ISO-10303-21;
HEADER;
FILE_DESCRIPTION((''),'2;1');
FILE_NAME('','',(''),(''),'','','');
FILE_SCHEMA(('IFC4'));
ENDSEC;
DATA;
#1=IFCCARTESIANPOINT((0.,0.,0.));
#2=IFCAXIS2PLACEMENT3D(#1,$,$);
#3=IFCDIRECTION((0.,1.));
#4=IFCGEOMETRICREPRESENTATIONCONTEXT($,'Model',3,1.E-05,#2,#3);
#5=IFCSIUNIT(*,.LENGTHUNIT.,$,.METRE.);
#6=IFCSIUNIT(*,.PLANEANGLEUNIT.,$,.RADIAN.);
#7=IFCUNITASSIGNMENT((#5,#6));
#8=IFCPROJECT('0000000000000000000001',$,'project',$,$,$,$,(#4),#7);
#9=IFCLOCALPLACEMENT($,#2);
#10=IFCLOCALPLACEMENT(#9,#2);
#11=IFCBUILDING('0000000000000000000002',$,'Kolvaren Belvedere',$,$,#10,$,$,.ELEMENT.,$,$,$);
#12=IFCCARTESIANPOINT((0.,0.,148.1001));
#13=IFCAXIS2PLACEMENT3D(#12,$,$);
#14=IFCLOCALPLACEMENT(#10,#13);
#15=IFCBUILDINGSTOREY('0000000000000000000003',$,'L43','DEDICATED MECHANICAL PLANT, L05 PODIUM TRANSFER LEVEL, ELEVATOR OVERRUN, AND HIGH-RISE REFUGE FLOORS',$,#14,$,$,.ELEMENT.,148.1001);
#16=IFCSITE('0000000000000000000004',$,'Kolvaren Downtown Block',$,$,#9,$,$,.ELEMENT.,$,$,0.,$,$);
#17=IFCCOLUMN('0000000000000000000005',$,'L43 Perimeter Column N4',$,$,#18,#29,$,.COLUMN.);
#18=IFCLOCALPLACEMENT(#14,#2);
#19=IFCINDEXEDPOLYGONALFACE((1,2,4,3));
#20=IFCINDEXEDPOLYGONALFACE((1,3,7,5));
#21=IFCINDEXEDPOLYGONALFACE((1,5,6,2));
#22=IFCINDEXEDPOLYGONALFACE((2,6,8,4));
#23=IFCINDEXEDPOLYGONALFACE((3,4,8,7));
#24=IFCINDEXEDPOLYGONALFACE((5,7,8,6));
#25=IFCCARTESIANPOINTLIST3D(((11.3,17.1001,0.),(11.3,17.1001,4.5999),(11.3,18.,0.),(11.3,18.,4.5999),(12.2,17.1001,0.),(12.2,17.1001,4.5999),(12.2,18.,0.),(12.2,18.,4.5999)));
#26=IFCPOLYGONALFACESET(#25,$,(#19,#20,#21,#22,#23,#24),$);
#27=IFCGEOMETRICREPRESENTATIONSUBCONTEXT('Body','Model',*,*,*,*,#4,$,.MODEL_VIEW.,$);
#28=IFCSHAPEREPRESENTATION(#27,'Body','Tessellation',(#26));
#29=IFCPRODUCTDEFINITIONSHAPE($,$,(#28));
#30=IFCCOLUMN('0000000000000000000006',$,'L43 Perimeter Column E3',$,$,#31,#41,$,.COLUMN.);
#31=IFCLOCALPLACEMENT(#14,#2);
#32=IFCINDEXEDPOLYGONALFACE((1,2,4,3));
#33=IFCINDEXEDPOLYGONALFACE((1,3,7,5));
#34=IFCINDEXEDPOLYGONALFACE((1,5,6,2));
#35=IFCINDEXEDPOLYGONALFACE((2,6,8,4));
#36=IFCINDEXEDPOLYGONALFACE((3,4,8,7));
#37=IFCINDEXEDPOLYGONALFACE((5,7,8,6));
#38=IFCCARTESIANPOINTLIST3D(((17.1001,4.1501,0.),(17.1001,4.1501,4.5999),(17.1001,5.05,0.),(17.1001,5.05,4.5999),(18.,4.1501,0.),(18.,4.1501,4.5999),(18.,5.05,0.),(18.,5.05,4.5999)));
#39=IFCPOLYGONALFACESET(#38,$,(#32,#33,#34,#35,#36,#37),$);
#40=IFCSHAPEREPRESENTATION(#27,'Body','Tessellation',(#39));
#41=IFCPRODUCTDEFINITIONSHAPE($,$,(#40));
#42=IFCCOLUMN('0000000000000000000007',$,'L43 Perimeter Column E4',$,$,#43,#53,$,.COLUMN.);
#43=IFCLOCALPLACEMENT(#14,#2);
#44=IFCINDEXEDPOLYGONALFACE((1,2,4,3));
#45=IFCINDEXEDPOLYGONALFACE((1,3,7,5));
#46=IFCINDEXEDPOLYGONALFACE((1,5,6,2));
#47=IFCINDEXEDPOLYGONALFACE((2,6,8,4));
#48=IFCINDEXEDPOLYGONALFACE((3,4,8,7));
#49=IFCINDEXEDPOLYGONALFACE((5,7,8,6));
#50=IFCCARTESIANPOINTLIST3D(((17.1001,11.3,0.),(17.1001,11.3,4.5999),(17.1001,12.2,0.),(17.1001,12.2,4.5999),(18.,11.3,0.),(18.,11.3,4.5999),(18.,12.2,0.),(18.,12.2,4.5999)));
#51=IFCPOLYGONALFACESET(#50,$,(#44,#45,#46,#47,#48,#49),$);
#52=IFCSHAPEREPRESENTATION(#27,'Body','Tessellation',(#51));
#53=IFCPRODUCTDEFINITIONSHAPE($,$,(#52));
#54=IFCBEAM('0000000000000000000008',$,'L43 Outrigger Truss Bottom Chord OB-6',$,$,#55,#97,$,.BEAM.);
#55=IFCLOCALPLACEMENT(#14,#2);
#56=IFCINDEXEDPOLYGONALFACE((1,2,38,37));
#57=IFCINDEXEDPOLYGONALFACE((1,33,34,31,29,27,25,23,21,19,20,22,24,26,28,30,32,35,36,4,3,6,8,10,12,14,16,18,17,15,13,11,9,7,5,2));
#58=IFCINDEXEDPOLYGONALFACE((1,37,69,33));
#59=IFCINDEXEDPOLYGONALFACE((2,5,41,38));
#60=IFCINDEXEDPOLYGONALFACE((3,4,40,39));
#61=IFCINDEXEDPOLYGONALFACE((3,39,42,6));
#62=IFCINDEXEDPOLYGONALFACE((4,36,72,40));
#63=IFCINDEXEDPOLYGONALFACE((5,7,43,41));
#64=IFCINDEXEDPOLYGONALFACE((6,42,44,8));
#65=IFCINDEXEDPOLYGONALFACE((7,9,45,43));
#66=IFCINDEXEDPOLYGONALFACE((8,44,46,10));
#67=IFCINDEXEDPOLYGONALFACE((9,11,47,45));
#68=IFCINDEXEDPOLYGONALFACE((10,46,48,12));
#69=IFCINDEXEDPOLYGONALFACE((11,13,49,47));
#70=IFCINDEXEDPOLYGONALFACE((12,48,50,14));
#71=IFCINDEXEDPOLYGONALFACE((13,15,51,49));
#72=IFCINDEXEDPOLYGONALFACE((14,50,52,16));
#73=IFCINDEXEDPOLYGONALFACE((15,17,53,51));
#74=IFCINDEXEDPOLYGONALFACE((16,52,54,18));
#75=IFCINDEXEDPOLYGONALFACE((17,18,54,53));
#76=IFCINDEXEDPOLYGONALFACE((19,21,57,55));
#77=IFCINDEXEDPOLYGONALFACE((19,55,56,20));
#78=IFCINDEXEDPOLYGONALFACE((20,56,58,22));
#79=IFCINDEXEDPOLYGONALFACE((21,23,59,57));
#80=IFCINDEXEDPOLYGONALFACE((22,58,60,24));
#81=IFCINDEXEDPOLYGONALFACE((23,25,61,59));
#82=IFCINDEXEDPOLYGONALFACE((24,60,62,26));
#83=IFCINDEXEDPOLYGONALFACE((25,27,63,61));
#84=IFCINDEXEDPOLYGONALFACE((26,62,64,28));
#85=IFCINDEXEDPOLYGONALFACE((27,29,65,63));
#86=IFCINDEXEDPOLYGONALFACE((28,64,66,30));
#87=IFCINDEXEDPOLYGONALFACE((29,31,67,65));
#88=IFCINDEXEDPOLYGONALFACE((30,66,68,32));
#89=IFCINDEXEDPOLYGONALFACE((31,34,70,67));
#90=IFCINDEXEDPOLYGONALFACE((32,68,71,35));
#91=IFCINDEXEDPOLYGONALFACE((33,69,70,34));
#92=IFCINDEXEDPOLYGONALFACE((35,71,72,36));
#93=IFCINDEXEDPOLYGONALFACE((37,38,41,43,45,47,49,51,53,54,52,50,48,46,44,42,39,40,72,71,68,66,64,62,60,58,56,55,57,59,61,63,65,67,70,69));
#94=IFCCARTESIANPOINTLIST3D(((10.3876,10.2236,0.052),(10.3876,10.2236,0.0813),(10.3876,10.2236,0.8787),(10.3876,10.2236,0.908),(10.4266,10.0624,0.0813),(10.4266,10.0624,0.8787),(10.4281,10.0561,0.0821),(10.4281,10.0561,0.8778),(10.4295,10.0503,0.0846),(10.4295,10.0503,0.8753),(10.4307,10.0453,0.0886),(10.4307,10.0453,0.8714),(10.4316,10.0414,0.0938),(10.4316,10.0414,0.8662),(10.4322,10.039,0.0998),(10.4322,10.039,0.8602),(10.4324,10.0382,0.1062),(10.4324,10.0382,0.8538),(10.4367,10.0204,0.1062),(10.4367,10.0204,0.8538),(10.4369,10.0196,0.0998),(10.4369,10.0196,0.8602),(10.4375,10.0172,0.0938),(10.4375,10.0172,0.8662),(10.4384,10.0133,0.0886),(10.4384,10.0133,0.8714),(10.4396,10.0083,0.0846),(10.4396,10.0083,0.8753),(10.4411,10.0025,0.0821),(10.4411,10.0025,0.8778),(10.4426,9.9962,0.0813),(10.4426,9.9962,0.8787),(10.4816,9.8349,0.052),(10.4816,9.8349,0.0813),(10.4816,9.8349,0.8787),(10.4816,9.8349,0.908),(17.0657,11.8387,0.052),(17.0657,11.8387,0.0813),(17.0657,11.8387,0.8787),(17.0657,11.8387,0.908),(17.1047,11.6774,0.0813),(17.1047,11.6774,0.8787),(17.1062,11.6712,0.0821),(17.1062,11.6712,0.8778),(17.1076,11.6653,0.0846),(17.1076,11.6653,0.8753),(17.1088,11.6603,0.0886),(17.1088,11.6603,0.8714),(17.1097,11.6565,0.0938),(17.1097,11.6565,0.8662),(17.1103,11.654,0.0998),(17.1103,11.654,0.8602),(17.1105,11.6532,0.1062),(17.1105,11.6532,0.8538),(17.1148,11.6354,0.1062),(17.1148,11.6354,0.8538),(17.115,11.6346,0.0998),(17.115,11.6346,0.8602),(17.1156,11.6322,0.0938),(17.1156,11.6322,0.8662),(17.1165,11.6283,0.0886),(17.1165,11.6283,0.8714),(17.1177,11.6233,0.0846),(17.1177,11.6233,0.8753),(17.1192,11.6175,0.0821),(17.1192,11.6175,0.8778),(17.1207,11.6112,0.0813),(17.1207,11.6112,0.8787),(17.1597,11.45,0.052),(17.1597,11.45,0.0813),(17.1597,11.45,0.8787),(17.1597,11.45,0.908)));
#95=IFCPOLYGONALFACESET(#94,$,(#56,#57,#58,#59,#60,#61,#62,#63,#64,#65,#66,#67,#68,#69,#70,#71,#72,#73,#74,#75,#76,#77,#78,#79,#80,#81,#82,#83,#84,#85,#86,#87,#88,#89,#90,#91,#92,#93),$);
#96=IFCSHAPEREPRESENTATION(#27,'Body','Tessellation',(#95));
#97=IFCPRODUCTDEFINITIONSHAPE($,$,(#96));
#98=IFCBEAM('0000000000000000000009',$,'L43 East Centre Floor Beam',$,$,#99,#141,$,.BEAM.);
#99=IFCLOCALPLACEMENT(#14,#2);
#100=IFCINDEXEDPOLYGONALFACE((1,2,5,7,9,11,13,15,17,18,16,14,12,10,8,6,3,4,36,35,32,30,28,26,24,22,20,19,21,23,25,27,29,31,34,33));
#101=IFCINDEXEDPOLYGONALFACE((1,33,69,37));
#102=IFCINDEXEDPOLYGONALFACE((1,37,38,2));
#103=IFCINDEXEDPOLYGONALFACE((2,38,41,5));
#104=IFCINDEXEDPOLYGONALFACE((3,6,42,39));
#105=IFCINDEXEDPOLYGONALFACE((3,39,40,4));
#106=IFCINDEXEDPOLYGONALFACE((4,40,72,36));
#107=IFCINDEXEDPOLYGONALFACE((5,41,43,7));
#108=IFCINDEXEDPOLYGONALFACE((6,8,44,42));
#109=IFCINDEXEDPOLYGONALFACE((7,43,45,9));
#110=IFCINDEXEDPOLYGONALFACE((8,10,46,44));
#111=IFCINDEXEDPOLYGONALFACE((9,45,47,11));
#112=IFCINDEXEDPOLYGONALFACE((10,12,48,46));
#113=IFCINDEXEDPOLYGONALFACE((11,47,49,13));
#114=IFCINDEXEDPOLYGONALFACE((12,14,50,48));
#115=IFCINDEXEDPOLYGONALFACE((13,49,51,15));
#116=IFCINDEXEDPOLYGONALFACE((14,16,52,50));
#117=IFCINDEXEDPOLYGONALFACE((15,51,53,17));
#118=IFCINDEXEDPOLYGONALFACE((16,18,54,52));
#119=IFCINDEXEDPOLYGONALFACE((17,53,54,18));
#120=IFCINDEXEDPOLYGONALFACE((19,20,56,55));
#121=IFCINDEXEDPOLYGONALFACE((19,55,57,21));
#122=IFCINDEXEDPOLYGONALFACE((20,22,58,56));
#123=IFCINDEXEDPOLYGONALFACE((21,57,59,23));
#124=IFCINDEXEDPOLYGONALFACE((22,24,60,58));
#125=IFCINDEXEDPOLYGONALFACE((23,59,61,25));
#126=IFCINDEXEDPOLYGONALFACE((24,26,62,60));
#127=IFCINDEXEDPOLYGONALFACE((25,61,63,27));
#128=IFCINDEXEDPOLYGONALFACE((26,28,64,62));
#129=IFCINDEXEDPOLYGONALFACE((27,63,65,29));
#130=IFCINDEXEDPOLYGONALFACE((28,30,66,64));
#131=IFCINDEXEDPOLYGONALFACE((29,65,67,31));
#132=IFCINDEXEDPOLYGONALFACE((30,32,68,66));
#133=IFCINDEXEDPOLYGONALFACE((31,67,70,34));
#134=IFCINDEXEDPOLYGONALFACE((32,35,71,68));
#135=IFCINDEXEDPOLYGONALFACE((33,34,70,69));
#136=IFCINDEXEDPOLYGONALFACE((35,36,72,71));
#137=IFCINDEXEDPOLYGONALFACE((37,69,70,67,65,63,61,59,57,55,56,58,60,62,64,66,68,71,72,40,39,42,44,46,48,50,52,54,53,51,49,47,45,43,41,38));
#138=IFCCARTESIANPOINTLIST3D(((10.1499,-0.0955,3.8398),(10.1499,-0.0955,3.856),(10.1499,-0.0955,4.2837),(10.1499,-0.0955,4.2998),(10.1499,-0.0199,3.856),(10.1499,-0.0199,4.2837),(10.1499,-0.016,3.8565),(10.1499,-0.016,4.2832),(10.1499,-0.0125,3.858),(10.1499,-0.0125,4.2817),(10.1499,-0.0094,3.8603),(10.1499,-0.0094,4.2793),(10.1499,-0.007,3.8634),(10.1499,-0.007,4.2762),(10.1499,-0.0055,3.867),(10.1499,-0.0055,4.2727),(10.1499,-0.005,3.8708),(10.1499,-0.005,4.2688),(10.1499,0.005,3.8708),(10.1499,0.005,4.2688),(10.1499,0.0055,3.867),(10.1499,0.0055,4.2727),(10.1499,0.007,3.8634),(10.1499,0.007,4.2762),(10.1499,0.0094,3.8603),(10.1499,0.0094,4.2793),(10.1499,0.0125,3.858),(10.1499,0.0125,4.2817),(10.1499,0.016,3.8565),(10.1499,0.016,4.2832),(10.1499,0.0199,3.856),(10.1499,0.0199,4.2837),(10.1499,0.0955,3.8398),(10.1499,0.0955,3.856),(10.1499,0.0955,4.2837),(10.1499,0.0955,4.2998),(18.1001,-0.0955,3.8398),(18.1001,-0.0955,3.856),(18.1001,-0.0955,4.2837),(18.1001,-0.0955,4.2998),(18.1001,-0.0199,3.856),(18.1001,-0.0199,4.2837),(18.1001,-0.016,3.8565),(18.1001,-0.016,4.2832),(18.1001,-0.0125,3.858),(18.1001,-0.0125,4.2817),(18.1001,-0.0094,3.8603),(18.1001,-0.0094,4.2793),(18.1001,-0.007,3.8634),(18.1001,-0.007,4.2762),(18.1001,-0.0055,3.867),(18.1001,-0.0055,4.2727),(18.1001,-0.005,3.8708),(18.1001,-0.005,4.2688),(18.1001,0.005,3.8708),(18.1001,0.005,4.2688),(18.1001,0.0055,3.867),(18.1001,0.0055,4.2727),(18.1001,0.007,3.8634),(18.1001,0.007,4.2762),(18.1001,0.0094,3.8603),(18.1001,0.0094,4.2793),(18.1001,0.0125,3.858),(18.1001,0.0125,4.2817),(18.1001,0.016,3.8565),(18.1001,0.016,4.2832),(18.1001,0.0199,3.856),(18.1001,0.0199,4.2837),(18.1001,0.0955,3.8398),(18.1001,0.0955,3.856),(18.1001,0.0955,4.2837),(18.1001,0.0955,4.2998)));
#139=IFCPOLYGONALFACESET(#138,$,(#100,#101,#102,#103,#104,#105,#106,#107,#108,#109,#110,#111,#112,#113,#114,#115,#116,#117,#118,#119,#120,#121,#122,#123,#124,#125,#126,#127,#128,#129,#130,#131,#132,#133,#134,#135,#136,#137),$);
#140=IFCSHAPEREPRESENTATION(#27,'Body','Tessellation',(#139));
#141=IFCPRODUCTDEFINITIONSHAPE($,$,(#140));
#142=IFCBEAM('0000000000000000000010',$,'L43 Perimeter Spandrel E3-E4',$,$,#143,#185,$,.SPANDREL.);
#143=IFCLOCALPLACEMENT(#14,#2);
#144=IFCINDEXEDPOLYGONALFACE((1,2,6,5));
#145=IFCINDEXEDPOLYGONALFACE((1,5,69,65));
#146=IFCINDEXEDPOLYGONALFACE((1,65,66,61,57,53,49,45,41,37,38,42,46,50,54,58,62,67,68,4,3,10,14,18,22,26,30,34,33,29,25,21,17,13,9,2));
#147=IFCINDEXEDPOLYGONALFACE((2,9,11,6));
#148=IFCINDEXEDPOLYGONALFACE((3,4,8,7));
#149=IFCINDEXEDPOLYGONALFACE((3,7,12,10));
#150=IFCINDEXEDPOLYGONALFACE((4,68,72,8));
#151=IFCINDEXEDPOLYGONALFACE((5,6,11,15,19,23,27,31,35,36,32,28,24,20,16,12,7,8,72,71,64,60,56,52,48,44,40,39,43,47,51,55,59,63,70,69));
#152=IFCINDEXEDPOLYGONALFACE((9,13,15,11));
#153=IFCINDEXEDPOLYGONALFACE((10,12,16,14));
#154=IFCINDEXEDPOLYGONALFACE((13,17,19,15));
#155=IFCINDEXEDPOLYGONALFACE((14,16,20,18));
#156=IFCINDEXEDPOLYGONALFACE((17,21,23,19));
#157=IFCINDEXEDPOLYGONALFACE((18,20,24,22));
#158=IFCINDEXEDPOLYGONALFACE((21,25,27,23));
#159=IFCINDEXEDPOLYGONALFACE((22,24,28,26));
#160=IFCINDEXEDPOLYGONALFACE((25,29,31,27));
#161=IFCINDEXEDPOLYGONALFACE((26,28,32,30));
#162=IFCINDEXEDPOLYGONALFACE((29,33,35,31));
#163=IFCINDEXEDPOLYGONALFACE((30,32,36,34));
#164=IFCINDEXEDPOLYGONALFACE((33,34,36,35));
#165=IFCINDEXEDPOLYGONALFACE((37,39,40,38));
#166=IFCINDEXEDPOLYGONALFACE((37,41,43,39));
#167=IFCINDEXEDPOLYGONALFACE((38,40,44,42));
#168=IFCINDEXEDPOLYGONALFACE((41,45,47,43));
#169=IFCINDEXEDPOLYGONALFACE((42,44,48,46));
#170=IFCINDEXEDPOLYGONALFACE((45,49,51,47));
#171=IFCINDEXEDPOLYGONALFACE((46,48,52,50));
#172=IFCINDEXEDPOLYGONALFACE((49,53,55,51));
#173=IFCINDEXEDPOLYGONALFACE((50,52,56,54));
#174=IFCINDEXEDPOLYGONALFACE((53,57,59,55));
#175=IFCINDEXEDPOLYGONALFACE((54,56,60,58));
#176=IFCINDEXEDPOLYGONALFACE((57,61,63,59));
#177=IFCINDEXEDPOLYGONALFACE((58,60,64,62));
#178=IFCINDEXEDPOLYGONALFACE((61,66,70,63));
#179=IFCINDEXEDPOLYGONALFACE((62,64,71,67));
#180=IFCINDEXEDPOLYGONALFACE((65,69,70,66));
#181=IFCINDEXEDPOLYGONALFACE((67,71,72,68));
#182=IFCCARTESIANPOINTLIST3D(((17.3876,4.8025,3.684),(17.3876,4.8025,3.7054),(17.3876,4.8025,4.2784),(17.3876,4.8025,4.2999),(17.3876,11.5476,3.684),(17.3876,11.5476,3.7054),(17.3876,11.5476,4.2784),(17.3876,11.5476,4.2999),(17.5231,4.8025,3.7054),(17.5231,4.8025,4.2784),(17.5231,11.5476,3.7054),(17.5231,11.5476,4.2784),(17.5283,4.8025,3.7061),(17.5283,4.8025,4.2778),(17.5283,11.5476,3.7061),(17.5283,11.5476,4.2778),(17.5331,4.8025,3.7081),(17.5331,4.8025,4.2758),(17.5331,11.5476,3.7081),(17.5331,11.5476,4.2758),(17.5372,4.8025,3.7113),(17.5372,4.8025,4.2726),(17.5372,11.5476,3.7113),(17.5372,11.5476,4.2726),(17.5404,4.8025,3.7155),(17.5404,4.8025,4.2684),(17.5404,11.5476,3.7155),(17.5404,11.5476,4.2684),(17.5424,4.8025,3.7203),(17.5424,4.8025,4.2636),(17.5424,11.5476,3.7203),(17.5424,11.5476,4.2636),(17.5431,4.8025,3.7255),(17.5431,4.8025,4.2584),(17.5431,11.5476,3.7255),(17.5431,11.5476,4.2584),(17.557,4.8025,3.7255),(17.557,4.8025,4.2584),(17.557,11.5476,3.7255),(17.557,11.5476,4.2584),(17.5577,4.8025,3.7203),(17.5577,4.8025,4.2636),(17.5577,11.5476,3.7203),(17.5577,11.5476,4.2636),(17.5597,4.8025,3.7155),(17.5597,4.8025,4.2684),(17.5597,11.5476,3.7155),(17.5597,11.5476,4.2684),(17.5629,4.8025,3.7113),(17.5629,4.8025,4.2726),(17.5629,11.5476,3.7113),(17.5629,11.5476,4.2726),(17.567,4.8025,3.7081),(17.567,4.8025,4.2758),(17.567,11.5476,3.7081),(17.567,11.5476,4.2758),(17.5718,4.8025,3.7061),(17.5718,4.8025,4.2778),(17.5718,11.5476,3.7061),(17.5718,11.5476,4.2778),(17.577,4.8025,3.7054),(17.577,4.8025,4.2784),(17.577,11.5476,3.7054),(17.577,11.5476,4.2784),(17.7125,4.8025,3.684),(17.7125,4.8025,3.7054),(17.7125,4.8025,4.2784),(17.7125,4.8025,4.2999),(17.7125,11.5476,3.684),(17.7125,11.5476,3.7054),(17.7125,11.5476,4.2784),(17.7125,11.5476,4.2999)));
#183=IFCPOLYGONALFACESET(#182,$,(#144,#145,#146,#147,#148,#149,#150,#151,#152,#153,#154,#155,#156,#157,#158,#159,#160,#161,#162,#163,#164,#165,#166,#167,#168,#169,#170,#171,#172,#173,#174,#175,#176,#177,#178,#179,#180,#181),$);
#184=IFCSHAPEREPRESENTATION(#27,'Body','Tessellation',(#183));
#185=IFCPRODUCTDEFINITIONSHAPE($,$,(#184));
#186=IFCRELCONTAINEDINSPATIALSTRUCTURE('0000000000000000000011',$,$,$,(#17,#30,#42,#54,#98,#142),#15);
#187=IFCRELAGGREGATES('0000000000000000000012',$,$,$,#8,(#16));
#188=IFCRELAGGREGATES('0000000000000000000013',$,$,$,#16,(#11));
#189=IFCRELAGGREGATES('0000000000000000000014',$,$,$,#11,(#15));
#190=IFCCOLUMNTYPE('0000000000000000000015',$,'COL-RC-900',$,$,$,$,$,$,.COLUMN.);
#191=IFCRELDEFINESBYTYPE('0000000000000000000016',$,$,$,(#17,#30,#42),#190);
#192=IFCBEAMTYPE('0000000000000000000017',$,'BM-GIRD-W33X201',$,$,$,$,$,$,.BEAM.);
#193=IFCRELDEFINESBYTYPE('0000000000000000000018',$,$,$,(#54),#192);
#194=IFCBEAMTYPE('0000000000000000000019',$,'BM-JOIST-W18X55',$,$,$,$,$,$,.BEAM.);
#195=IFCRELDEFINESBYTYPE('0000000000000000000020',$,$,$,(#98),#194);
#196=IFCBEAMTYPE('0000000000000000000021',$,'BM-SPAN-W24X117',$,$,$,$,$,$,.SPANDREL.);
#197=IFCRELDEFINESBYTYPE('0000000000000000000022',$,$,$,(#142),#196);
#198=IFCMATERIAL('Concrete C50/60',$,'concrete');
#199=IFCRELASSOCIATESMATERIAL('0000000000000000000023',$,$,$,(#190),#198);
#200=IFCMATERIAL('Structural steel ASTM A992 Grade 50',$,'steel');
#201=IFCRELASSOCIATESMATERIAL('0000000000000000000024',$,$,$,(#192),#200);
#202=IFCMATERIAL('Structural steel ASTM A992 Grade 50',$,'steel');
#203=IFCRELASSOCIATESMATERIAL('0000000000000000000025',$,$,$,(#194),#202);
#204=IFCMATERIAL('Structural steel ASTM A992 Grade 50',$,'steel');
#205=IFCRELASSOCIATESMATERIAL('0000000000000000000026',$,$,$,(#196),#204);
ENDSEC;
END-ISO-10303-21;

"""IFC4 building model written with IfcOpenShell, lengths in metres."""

from ifc_helpers import new_model, si_unit, direction, frame, origin, origin_2d, place, context, subcontext, project, spatial, rectangle, i_section, extrude, material, material_profile, profile_set, type_object, element, save


model = new_model("IFC4")

# Units and contexts
model_context = context("Model", 3, precision=1e-05, world=origin(), true_north=direction((0.0, 1.0)))
body_context = subcontext(model_context, "Body", "Model", "MODEL_VIEW")
ifc_project = project(units=[si_unit("LENGTHUNIT", "METRE"), si_unit("PLANEANGLEUNIT", "RADIAN")], contexts=[model_context])

# Site, building, storey
site_placement = place(None, origin())
site = spatial("IfcSite", under=ifc_project, at=site_placement, Name="Kolvaren Downtown Block", CompositionType="ELEMENT", RefElevation=0.0)
building_placement = place(site_placement, origin())
building = spatial("IfcBuilding", under=site, at=building_placement, Name="Kolvaren Belvedere", CompositionType="ELEMENT")
storey_placement = place(building_placement, frame((0.0, 0.0, 148.1001)))
storey = spatial("IfcBuildingStorey", under=building, at=storey_placement, Name="L43", Description="DEDICATED MECHANICAL PLANT, L05 PODIUM TRANSFER LEVEL, ELEVATOR OVERRUN, AND HIGH-RISE REFUGE FLOORS", CompositionType="ELEMENT", Elevation=148.1001)

# Columns
ifc_material_1 = material(Name="Concrete C50/60", Category="concrete")
ifc_material_profile_1 = material_profile(ifc_material_1, rectangle(XDim=0.8999, YDim=0.8999, at=origin_2d()), Name="RC 900X900")
ifc_profile_set_1 = profile_set([ifc_material_profile_1], Name="Concrete C50/60")
column_type = type_object("IfcColumnType", Name="COL-RC-900", PredefinedType="COLUMN", material=ifc_profile_set_1)
for number, where, z_axis, x_axis, name in (
    (1, (11.75, 17.55, 0.0), (0.0, 0.0, 1.0), (1.0, 0.0, 0.0), "L43 Perimeter Column N4"),
    (2, (17.55, 4.6001, 0.0), (0.0, 0.0, 1.0), (1.0, 0.0, 0.0), "L43 Perimeter Column E3"),
    (3, (17.55, 11.75, 0.0), (0.0, 0.0, 1.0), (1.0, 0.0, 0.0), "L43 Perimeter Column E4"),
):
    element("IfcColumn", number, at=place(storey_placement, frame(where, z_axis=z_axis, x_axis=x_axis)), inside=storey, type_object=column_type, Name=name, PredefinedType="COLUMN", context=body_context, shape_type="SweptSolid", body=[
        extrude(rectangle(XDim=0.8999, YDim=0.8999, at=origin_2d()), origin(), (0.0, 0.0, 1.0), 4.5999),
    ])

# Beams
ifc_material_2 = material(Name="Structural steel ASTM A992 Grade 50", Category="steel")
ifc_material_profile_2 = material_profile(ifc_material_2, i_section(OverallWidth=0.3999, OverallDepth=0.856, WebThickness=0.0183, FlangeThickness=0.0293, FilletRadius=0.0249, at=origin_2d()), Name="W33X201")
ifc_profile_set_2 = profile_set([ifc_material_profile_2], Name="Structural steel ASTM A992 Grade 50")
beam_type_1 = type_object("IfcBeamType", Name="BM-GIRD-W33X201", PredefinedType="BEAM", material=ifc_profile_set_2)
beam_1_placement = place(storey_placement, frame((10.4346, 10.0293, 0.48), z_axis=(0.97198, 0.235062, 0.0), x_axis=(-0.235062, 0.97198, 0.0)))
element("IfcBeam", 4, at=beam_1_placement, inside=storey, type_object=beam_type_1, Name="L43 Outrigger Truss Bottom Chord OB-6", PredefinedType="BEAM", context=body_context, shape_type="SweptSolid", body=[
    extrude(i_section(OverallWidth=0.3999, OverallDepth=0.856, WebThickness=0.0183, FlangeThickness=0.0293, FilletRadius=0.0249, at=origin_2d()), origin(), (0.0, 0.0, 1.0), 6.8706),
])
ifc_material_3 = material(Name="Structural steel ASTM A992 Grade 50", Category="steel")
ifc_material_profile_3 = material_profile(ifc_material_3, i_section(OverallWidth=0.1909, OverallDepth=0.46, WebThickness=0.01, FlangeThickness=0.0161, FilletRadius=0.0149, at=origin_2d()), Name="W18X55")
ifc_profile_set_3 = profile_set([ifc_material_profile_3], Name="Structural steel ASTM A992 Grade 50")
beam_type_2 = type_object("IfcBeamType", Name="BM-JOIST-W18X55", PredefinedType="BEAM", material=ifc_profile_set_3)
beam_2_placement = place(storey_placement, frame((10.1499, 0.0, 4.0698), z_axis=(1.0, 0.0, 0.0), x_axis=(0.0, 1.0, 0.0)))
element("IfcBeam", 5, at=beam_2_placement, inside=storey, type_object=beam_type_2, Name="L43 East Centre Floor Beam", PredefinedType="BEAM", context=body_context, shape_type="SweptSolid", body=[
    extrude(i_section(OverallWidth=0.1909, OverallDepth=0.46, WebThickness=0.01, FlangeThickness=0.0161, FilletRadius=0.0149, at=origin_2d()), origin(), (0.0, 0.0, 1.0), 7.9502),
])
ifc_material_4 = material(Name="Structural steel ASTM A992 Grade 50", Category="steel")
ifc_material_profile_4 = material_profile(ifc_material_4, i_section(OverallWidth=0.325, OverallDepth=0.616, WebThickness=0.0139, FlangeThickness=0.0215, FilletRadius=0.02, at=origin_2d()), Name="W24X117")
ifc_profile_set_4 = profile_set([ifc_material_profile_4], Name="Structural steel ASTM A992 Grade 50")
beam_type_3 = type_object("IfcBeamType", Name="BM-SPAN-W24X117", PredefinedType="SPANDREL", material=ifc_profile_set_4)
beam_3_placement = place(storey_placement, frame((17.55, 4.8025, 3.9919), z_axis=(0.0, 1.0, 0.0), x_axis=(-1.0, 0.0, 0.0)))
element("IfcBeam", 6, at=beam_3_placement, inside=storey, type_object=beam_type_3, Name="L43 Perimeter Spandrel E3-E4", PredefinedType="SPANDREL", context=body_context, shape_type="SweptSolid", body=[
    extrude(i_section(OverallWidth=0.325, OverallDepth=0.616, WebThickness=0.0139, FlangeThickness=0.0215, FilletRadius=0.02, at=origin_2d()), origin(), (0.0, 0.0, 1.0), 6.7451),
])

save(model, "model.ifc")
